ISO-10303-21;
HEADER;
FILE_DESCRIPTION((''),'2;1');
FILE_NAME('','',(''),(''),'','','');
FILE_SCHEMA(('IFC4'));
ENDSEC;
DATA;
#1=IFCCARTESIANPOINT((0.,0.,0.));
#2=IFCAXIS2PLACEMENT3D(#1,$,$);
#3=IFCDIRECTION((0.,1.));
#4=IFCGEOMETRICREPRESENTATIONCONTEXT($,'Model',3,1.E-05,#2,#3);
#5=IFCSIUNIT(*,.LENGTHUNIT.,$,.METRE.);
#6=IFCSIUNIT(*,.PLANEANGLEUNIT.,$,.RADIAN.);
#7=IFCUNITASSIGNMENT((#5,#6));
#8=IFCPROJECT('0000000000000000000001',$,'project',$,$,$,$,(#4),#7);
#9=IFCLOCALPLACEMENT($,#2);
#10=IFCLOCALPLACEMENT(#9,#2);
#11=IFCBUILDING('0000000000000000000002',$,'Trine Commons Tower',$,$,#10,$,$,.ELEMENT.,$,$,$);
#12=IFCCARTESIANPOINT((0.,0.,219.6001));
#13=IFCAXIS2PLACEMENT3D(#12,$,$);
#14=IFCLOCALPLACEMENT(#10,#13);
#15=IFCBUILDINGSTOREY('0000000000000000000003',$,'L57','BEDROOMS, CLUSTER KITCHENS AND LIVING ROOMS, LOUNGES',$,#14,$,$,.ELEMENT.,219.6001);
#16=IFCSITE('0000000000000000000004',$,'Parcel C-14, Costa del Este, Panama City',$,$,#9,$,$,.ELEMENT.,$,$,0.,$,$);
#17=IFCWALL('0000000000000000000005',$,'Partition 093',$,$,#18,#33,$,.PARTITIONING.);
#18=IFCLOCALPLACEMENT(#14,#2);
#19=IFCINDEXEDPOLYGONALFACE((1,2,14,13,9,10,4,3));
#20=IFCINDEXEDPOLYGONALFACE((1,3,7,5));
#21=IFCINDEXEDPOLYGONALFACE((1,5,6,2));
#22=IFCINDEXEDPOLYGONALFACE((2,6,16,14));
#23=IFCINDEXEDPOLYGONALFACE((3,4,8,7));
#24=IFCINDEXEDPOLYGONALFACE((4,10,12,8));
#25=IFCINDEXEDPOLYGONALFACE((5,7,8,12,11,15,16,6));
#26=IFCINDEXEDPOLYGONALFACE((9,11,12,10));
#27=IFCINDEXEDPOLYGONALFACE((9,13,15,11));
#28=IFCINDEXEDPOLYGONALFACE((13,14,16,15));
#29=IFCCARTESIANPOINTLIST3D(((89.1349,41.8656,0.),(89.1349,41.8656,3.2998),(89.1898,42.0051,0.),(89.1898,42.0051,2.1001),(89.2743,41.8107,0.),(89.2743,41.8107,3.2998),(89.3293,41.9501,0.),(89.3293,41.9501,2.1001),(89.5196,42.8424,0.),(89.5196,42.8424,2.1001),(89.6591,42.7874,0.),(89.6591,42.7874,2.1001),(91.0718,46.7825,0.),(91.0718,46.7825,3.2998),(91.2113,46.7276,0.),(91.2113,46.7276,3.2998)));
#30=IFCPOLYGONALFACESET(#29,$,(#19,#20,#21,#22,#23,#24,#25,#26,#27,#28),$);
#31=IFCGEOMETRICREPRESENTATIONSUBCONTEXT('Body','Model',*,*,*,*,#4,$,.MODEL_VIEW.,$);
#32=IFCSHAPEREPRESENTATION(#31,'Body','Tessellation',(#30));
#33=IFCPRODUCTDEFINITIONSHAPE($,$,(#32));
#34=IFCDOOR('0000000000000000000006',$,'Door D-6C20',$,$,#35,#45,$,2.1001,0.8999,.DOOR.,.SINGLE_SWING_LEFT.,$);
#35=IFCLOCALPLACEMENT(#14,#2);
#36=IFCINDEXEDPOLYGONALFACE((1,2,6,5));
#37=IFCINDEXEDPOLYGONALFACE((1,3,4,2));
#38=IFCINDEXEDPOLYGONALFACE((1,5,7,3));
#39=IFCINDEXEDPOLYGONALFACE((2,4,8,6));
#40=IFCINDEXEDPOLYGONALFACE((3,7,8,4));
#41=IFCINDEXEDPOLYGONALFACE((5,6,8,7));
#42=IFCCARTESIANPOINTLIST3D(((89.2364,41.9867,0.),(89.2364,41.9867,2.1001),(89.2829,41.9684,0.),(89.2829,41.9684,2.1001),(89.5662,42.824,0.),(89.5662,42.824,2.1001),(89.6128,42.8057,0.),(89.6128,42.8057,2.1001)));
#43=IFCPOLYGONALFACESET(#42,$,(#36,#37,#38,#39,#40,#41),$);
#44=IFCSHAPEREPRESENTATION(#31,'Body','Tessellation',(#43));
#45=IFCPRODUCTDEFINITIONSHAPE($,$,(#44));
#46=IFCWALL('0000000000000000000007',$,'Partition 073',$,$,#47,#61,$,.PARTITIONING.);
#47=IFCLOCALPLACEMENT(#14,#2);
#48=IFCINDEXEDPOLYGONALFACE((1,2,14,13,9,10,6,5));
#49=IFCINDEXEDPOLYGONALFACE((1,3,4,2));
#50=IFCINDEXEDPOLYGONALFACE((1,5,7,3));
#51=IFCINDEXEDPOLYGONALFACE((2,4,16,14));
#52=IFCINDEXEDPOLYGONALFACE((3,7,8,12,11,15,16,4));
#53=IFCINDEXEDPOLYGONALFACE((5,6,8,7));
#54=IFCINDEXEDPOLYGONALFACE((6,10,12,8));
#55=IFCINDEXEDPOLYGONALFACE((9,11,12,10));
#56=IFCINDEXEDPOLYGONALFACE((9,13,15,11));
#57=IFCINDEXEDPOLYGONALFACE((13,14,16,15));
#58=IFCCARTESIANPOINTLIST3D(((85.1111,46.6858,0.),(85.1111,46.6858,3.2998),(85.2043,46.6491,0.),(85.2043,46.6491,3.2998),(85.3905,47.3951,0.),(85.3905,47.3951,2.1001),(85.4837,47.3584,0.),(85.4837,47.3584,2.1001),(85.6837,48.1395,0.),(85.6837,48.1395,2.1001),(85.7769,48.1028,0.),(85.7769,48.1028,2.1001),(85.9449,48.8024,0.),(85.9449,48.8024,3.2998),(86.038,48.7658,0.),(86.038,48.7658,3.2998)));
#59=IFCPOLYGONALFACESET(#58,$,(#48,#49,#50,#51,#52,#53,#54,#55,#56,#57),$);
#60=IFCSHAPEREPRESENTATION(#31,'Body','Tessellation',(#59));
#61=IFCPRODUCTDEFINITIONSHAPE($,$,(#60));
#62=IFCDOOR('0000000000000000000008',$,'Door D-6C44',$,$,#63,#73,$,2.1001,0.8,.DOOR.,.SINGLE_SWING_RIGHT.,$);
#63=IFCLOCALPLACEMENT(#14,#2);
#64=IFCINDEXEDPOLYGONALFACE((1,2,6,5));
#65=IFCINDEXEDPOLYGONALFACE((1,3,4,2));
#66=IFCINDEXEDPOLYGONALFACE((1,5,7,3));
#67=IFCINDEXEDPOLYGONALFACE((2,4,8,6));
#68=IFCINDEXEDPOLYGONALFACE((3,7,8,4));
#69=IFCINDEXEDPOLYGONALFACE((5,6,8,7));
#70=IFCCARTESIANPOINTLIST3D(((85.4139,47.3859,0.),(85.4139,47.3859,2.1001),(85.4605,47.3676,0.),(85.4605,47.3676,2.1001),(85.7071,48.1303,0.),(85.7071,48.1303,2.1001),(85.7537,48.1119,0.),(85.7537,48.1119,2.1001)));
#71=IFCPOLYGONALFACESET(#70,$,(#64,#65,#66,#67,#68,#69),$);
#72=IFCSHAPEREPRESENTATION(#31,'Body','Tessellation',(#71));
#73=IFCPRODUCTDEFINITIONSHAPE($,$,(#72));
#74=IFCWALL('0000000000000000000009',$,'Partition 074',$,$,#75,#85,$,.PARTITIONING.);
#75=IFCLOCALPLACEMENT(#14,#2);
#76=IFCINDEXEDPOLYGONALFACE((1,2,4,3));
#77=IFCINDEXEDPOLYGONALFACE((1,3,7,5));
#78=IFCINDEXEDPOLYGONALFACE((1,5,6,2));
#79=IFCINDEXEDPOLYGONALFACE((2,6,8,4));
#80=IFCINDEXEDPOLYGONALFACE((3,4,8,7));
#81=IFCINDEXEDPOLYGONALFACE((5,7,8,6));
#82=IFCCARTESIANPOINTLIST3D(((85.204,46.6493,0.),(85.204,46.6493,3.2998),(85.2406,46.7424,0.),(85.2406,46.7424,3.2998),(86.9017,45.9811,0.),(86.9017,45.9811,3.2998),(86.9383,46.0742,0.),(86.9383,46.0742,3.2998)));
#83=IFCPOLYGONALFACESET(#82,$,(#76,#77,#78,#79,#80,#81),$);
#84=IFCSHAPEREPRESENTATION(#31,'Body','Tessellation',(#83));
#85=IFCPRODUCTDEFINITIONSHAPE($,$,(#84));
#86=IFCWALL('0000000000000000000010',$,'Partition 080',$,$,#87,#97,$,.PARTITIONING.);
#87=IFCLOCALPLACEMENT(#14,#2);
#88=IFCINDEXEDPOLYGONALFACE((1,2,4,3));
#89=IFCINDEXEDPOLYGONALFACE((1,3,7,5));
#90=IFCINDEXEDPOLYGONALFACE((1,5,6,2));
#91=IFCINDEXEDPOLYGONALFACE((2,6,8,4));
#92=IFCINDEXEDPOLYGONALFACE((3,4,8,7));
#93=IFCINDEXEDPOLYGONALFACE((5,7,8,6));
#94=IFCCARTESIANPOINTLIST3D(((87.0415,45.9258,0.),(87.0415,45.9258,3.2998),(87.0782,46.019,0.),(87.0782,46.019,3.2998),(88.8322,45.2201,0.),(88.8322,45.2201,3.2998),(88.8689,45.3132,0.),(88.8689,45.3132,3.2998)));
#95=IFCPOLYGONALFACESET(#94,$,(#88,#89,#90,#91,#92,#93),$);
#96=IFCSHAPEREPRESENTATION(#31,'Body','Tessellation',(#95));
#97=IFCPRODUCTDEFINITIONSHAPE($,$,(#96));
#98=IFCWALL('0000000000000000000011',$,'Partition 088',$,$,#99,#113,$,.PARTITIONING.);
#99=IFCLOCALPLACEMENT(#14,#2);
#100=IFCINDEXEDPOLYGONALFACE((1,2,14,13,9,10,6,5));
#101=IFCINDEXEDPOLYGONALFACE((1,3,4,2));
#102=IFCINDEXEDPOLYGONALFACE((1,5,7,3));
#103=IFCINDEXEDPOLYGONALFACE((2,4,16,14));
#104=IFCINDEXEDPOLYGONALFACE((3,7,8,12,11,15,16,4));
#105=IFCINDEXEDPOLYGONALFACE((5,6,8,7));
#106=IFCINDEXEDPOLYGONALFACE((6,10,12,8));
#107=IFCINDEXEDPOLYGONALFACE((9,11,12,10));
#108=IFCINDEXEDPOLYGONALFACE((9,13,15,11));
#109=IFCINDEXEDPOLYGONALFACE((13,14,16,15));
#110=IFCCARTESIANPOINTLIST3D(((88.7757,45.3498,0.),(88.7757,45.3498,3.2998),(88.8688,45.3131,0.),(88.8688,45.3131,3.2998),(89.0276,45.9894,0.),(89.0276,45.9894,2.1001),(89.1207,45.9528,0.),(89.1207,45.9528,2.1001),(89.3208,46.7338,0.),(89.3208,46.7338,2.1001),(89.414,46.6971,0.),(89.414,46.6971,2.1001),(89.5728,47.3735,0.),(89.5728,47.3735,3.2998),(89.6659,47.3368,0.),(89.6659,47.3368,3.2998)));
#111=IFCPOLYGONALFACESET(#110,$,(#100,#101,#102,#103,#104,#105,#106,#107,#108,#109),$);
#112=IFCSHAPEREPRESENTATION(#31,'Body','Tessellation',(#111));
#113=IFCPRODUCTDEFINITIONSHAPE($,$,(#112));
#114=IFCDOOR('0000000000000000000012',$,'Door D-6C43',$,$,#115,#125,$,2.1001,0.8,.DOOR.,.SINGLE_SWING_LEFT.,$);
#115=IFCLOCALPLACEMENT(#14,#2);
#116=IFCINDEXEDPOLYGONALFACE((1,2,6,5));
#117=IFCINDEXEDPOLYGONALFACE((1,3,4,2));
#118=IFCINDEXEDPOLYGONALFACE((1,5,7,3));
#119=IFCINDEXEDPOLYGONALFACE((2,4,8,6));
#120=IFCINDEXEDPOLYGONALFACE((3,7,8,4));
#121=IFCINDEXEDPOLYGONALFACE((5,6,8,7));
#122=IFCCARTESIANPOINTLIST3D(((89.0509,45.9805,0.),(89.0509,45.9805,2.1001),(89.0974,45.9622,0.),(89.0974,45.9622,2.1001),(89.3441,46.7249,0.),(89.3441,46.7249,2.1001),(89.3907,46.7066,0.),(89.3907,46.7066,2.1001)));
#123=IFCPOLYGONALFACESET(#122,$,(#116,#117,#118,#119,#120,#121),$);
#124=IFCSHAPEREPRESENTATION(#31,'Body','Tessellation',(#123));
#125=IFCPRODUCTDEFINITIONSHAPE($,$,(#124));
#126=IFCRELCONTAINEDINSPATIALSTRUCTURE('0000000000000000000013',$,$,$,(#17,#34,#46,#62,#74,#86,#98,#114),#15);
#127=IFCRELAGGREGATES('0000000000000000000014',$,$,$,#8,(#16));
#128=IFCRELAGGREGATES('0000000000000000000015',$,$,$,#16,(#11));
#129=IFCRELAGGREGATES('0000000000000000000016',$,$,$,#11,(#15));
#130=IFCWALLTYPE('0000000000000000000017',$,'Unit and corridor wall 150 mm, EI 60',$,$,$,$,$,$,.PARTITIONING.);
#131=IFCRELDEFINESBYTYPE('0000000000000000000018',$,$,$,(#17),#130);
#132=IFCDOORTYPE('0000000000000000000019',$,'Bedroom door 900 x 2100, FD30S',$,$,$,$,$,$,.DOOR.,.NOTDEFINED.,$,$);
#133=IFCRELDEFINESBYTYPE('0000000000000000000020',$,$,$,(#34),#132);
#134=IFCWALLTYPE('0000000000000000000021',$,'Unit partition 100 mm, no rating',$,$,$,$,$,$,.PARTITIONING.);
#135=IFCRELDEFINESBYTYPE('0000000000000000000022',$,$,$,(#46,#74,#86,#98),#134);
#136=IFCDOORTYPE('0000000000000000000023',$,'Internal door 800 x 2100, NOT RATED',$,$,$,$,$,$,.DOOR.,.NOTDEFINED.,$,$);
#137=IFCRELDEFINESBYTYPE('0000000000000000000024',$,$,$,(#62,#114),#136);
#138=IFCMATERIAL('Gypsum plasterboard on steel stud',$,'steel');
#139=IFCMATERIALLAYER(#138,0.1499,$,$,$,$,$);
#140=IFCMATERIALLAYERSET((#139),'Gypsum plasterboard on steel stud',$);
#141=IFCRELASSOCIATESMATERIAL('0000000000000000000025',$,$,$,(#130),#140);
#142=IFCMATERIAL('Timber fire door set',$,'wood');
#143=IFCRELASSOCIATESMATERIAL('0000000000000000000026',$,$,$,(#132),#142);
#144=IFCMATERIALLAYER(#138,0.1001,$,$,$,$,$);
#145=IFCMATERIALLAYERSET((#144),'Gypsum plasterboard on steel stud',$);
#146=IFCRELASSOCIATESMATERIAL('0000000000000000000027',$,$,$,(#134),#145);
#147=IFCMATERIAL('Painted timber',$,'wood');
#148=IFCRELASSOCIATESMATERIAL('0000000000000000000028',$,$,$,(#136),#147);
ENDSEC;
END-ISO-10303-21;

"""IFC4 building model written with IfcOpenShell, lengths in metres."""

from ifc_helpers import new_model, si_unit, direction, frame, frame_2d, origin, place, context, subcontext, project, spatial, rectangle, extrude, material, layer, layer_set, type_object, element, fill, save


model = new_model("IFC4")

# Units and contexts
model_context = context("Model", 3, precision=1e-05, world=origin(), true_north=direction((0.0, 1.0)))
body_context = subcontext(model_context, "Body", "Model", "MODEL_VIEW")
ifc_project = project(units=[si_unit("LENGTHUNIT", "METRE"), si_unit("PLANEANGLEUNIT", "RADIAN")], contexts=[model_context])

# Site, building, storey
site_placement = place(None, origin())
site = spatial("IfcSite", under=ifc_project, at=site_placement, Name="Parcel C-14, Costa del Este, Panama City", CompositionType="ELEMENT", RefElevation=0.0)
building_placement = place(site_placement, origin())
building = spatial("IfcBuilding", under=site, at=building_placement, Name="Trine Commons Tower", CompositionType="ELEMENT")
storey_placement = place(building_placement, frame((0.0, 0.0, 219.6001)))
storey = spatial("IfcBuildingStorey", under=building, at=storey_placement, Name="L57", Description="BEDROOMS, CLUSTER KITCHENS AND LIVING ROOMS, LOUNGES", CompositionType="ELEMENT", Elevation=219.6001)

# Shared definitions
ifc_material_1 = material(Name="Gypsum plasterboard on steel stud", Category="steel")
ifc_layer_1 = layer(ifc_material_1, 0.1499)
ifc_layer_set_1 = layer_set([ifc_layer_1], Name="Gypsum plasterboard on steel stud")
wall_type_1 = type_object("IfcWallType", Name="Unit and corridor wall 150 mm, EI 60", PredefinedType="PARTITIONING", material=ifc_layer_set_1)
ifc_material_2 = material(Name="Timber fire door set", Category="wood")

# Shared definitions
door_type_1 = type_object("IfcDoorType", Name="Bedroom door 900 x 2100, FD30S", OperationType="NOTDEFINED", PredefinedType="DOOR", material=ifc_material_2)

# Walls, openings, doors
wall_1_placement = place(storey_placement, frame((89.2046, 41.8381, 0.0), z_axis=(0.0, 0.0, 1.0), x_axis=(0.366527, 0.930407, 0.0)))
wall_1 = element("IfcWall", 1, at=wall_1_placement, inside=storey, type_object=wall_type_1, Name="Partition 093", PredefinedType="PARTITIONING", context=body_context, shape_type="SweptSolid", body=[
    extrude(rectangle(XDim=5.2847, YDim=0.1499, at=frame_2d((2.6423, 0.0))), origin(), (0.0, 0.0, 1.0), 3.2998),
])
opening_1_placement = place(wall_1_placement, frame((0.1499, 0.0, 0.0)))
opening_1 = element("IfcOpeningElement", 2, at=opening_1_placement, cuts=wall_1, PredefinedType="OPENING", context=body_context, shape_type="SweptSolid", body=[
    extrude(rectangle(XDim=0.8999, YDim=2.1001, at=frame_2d((0.45, 1.05))), frame((0.0, 0.085, 0.0), z_axis=(0.0, -1.0, 0.0), x_axis=(1.0, 0.0, 0.0)), (0.0, 0.0, 1.0), 0.1699),
])
door_1_placement = place(opening_1_placement, origin())
door_1 = element("IfcDoor", 3, at=door_1_placement, inside=storey, type_object=door_type_1, Name="Door D-6C20", OperationType="SINGLE_SWING_LEFT", OverallHeight=2.1001, OverallWidth=0.8999, PredefinedType="DOOR", context=body_context, shape_type="SweptSolid", body=[
    extrude(rectangle(XDim=0.8999, YDim=2.1001, at=frame_2d((0.45, 1.05))), frame((0.0, 0.0249, 0.0), z_axis=(0.0, -1.0, 0.0), x_axis=(1.0, 0.0, 0.0)), (0.0, 0.0, 1.0), 0.05),
])
fill(opening_1, door_1)
ifc_layer_2 = layer(ifc_material_1, 0.1001)
ifc_layer_set_2 = layer_set([ifc_layer_2], Name="Gypsum plasterboard on steel stud")
wall_type_2 = type_object("IfcWallType", Name="Unit partition 100 mm, no rating", PredefinedType="PARTITIONING", material=ifc_layer_set_2)
wall_2_placement = place(storey_placement, frame((85.1577, 46.6675, 0.0), z_axis=(0.0, 0.0, 1.0), x_axis=(0.366482, 0.930425, 0.0)))
wall_2 = element("IfcWall", 4, at=wall_2_placement, inside=storey, type_object=wall_type_2, Name="Partition 073", PredefinedType="PARTITIONING", context=body_context, shape_type="SweptSolid", body=[
    extrude(rectangle(XDim=2.2749, YDim=0.1001, at=frame_2d((1.1375, 0.0))), origin(), (0.0, 0.0, 1.0), 3.2998),
])
opening_2_placement = place(wall_2_placement, frame((0.7625, 0.0, 0.0)))
opening_2 = element("IfcOpeningElement", 5, at=opening_2_placement, cuts=wall_2, PredefinedType="OPENING", context=body_context, shape_type="SweptSolid", body=[
    extrude(rectangle(XDim=0.8, YDim=2.1001, at=frame_2d((0.3999, 1.05))), frame((0.0, 0.0601, 0.0), z_axis=(0.0, -1.0, 0.0), x_axis=(1.0, 0.0, 0.0)), (0.0, 0.0, 1.0), 0.1201),
])
ifc_material_3 = material(Name="Painted timber", Category="wood")
door_type_2 = type_object("IfcDoorType", Name="Internal door 800 x 2100, NOT RATED", OperationType="NOTDEFINED", PredefinedType="DOOR", material=ifc_material_3)
door_2_placement = place(opening_2_placement, origin())
door_2 = element("IfcDoor", 6, at=door_2_placement, inside=storey, type_object=door_type_2, Name="Door D-6C44", OperationType="SINGLE_SWING_RIGHT", OverallHeight=2.1001, OverallWidth=0.8, PredefinedType="DOOR", context=body_context, shape_type="SweptSolid", body=[
    extrude(rectangle(XDim=0.8, YDim=2.1001, at=frame_2d((0.3999, 1.05))), frame((0.0, 0.0249, 0.0), z_axis=(0.0, -1.0, 0.0), x_axis=(1.0, 0.0, 0.0)), (0.0, 0.0, 1.0), 0.05),
])
fill(opening_2, door_2)

# Walls
wall_3_placement = place(storey_placement, frame((85.2224, 46.6958, 0.0), z_axis=(0.0, 0.0, 1.0), x_axis=(0.93052, -0.36624, 0.0)))
element("IfcWall", 7, at=wall_3_placement, inside=storey, type_object=wall_type_2, Name="Partition 074", PredefinedType="PARTITIONING", context=body_context, shape_type="SweptSolid", body=[
    extrude(rectangle(XDim=1.8245, YDim=0.1001, at=frame_2d((0.9121, 0.0))), origin(), (0.0, 0.0, 1.0), 3.2998),
])
wall_4_placement = place(storey_placement, frame((87.0598, 45.9724, 0.0), z_axis=(0.0, 0.0, 1.0), x_axis=(0.930345, -0.366684, 0.0)))
element("IfcWall", 8, at=wall_4_placement, inside=storey, type_object=wall_type_2, Name="Partition 080", PredefinedType="PARTITIONING", context=body_context, shape_type="SweptSolid", body=[
    extrude(rectangle(XDim=1.9248, YDim=0.1001, at=frame_2d((0.9624, 0.0))), origin(), (0.0, 0.0, 1.0), 3.2998),
])

# Wall, opening, door
wall_5_placement = place(storey_placement, frame((88.8223, 45.3315, 0.0), z_axis=(0.0, 0.0, 1.0), x_axis=(0.366489, 0.930422, 0.0)))
wall_5 = element("IfcWall", 9, at=wall_5_placement, inside=storey, type_object=wall_type_2, Name="Partition 088", PredefinedType="PARTITIONING", context=body_context, shape_type="SweptSolid", body=[
    extrude(rectangle(XDim=2.175, YDim=0.1001, at=frame_2d((1.0874, 0.0))), origin(), (0.0, 0.0, 1.0), 3.2998),
])
opening_3_placement = place(wall_5_placement, frame((0.6875, 0.0, 0.0)))
opening_3 = element("IfcOpeningElement", 10, at=opening_3_placement, cuts=wall_5, PredefinedType="OPENING", context=body_context, shape_type="SweptSolid", body=[
    extrude(rectangle(XDim=0.8, YDim=2.1001, at=frame_2d((0.3999, 1.05))), frame((0.0, 0.0601, 0.0), z_axis=(0.0, -1.0, 0.0), x_axis=(1.0, 0.0, 0.0)), (0.0, 0.0, 1.0), 0.1201),
])
door_3_placement = place(opening_3_placement, frame((0.8, 0.0, 0.0), z_axis=(0.0, 0.0, 1.0), x_axis=(-1.0, 0.0, 0.0)))
door_3 = element("IfcDoor", 11, at=door_3_placement, inside=storey, type_object=door_type_2, Name="Door D-6C43", OperationType="SINGLE_SWING_LEFT", OverallHeight=2.1001, OverallWidth=0.8, PredefinedType="DOOR", context=body_context, shape_type="SweptSolid", body=[
    extrude(rectangle(XDim=0.8, YDim=2.1001, at=frame_2d((0.3999, 1.05))), frame((0.0, 0.0249, 0.0), z_axis=(0.0, -1.0, 0.0), x_axis=(1.0, 0.0, 0.0)), (0.0, 0.0, 1.0), 0.05),
])
fill(opening_3, door_3)

save(model, "model.ifc")
